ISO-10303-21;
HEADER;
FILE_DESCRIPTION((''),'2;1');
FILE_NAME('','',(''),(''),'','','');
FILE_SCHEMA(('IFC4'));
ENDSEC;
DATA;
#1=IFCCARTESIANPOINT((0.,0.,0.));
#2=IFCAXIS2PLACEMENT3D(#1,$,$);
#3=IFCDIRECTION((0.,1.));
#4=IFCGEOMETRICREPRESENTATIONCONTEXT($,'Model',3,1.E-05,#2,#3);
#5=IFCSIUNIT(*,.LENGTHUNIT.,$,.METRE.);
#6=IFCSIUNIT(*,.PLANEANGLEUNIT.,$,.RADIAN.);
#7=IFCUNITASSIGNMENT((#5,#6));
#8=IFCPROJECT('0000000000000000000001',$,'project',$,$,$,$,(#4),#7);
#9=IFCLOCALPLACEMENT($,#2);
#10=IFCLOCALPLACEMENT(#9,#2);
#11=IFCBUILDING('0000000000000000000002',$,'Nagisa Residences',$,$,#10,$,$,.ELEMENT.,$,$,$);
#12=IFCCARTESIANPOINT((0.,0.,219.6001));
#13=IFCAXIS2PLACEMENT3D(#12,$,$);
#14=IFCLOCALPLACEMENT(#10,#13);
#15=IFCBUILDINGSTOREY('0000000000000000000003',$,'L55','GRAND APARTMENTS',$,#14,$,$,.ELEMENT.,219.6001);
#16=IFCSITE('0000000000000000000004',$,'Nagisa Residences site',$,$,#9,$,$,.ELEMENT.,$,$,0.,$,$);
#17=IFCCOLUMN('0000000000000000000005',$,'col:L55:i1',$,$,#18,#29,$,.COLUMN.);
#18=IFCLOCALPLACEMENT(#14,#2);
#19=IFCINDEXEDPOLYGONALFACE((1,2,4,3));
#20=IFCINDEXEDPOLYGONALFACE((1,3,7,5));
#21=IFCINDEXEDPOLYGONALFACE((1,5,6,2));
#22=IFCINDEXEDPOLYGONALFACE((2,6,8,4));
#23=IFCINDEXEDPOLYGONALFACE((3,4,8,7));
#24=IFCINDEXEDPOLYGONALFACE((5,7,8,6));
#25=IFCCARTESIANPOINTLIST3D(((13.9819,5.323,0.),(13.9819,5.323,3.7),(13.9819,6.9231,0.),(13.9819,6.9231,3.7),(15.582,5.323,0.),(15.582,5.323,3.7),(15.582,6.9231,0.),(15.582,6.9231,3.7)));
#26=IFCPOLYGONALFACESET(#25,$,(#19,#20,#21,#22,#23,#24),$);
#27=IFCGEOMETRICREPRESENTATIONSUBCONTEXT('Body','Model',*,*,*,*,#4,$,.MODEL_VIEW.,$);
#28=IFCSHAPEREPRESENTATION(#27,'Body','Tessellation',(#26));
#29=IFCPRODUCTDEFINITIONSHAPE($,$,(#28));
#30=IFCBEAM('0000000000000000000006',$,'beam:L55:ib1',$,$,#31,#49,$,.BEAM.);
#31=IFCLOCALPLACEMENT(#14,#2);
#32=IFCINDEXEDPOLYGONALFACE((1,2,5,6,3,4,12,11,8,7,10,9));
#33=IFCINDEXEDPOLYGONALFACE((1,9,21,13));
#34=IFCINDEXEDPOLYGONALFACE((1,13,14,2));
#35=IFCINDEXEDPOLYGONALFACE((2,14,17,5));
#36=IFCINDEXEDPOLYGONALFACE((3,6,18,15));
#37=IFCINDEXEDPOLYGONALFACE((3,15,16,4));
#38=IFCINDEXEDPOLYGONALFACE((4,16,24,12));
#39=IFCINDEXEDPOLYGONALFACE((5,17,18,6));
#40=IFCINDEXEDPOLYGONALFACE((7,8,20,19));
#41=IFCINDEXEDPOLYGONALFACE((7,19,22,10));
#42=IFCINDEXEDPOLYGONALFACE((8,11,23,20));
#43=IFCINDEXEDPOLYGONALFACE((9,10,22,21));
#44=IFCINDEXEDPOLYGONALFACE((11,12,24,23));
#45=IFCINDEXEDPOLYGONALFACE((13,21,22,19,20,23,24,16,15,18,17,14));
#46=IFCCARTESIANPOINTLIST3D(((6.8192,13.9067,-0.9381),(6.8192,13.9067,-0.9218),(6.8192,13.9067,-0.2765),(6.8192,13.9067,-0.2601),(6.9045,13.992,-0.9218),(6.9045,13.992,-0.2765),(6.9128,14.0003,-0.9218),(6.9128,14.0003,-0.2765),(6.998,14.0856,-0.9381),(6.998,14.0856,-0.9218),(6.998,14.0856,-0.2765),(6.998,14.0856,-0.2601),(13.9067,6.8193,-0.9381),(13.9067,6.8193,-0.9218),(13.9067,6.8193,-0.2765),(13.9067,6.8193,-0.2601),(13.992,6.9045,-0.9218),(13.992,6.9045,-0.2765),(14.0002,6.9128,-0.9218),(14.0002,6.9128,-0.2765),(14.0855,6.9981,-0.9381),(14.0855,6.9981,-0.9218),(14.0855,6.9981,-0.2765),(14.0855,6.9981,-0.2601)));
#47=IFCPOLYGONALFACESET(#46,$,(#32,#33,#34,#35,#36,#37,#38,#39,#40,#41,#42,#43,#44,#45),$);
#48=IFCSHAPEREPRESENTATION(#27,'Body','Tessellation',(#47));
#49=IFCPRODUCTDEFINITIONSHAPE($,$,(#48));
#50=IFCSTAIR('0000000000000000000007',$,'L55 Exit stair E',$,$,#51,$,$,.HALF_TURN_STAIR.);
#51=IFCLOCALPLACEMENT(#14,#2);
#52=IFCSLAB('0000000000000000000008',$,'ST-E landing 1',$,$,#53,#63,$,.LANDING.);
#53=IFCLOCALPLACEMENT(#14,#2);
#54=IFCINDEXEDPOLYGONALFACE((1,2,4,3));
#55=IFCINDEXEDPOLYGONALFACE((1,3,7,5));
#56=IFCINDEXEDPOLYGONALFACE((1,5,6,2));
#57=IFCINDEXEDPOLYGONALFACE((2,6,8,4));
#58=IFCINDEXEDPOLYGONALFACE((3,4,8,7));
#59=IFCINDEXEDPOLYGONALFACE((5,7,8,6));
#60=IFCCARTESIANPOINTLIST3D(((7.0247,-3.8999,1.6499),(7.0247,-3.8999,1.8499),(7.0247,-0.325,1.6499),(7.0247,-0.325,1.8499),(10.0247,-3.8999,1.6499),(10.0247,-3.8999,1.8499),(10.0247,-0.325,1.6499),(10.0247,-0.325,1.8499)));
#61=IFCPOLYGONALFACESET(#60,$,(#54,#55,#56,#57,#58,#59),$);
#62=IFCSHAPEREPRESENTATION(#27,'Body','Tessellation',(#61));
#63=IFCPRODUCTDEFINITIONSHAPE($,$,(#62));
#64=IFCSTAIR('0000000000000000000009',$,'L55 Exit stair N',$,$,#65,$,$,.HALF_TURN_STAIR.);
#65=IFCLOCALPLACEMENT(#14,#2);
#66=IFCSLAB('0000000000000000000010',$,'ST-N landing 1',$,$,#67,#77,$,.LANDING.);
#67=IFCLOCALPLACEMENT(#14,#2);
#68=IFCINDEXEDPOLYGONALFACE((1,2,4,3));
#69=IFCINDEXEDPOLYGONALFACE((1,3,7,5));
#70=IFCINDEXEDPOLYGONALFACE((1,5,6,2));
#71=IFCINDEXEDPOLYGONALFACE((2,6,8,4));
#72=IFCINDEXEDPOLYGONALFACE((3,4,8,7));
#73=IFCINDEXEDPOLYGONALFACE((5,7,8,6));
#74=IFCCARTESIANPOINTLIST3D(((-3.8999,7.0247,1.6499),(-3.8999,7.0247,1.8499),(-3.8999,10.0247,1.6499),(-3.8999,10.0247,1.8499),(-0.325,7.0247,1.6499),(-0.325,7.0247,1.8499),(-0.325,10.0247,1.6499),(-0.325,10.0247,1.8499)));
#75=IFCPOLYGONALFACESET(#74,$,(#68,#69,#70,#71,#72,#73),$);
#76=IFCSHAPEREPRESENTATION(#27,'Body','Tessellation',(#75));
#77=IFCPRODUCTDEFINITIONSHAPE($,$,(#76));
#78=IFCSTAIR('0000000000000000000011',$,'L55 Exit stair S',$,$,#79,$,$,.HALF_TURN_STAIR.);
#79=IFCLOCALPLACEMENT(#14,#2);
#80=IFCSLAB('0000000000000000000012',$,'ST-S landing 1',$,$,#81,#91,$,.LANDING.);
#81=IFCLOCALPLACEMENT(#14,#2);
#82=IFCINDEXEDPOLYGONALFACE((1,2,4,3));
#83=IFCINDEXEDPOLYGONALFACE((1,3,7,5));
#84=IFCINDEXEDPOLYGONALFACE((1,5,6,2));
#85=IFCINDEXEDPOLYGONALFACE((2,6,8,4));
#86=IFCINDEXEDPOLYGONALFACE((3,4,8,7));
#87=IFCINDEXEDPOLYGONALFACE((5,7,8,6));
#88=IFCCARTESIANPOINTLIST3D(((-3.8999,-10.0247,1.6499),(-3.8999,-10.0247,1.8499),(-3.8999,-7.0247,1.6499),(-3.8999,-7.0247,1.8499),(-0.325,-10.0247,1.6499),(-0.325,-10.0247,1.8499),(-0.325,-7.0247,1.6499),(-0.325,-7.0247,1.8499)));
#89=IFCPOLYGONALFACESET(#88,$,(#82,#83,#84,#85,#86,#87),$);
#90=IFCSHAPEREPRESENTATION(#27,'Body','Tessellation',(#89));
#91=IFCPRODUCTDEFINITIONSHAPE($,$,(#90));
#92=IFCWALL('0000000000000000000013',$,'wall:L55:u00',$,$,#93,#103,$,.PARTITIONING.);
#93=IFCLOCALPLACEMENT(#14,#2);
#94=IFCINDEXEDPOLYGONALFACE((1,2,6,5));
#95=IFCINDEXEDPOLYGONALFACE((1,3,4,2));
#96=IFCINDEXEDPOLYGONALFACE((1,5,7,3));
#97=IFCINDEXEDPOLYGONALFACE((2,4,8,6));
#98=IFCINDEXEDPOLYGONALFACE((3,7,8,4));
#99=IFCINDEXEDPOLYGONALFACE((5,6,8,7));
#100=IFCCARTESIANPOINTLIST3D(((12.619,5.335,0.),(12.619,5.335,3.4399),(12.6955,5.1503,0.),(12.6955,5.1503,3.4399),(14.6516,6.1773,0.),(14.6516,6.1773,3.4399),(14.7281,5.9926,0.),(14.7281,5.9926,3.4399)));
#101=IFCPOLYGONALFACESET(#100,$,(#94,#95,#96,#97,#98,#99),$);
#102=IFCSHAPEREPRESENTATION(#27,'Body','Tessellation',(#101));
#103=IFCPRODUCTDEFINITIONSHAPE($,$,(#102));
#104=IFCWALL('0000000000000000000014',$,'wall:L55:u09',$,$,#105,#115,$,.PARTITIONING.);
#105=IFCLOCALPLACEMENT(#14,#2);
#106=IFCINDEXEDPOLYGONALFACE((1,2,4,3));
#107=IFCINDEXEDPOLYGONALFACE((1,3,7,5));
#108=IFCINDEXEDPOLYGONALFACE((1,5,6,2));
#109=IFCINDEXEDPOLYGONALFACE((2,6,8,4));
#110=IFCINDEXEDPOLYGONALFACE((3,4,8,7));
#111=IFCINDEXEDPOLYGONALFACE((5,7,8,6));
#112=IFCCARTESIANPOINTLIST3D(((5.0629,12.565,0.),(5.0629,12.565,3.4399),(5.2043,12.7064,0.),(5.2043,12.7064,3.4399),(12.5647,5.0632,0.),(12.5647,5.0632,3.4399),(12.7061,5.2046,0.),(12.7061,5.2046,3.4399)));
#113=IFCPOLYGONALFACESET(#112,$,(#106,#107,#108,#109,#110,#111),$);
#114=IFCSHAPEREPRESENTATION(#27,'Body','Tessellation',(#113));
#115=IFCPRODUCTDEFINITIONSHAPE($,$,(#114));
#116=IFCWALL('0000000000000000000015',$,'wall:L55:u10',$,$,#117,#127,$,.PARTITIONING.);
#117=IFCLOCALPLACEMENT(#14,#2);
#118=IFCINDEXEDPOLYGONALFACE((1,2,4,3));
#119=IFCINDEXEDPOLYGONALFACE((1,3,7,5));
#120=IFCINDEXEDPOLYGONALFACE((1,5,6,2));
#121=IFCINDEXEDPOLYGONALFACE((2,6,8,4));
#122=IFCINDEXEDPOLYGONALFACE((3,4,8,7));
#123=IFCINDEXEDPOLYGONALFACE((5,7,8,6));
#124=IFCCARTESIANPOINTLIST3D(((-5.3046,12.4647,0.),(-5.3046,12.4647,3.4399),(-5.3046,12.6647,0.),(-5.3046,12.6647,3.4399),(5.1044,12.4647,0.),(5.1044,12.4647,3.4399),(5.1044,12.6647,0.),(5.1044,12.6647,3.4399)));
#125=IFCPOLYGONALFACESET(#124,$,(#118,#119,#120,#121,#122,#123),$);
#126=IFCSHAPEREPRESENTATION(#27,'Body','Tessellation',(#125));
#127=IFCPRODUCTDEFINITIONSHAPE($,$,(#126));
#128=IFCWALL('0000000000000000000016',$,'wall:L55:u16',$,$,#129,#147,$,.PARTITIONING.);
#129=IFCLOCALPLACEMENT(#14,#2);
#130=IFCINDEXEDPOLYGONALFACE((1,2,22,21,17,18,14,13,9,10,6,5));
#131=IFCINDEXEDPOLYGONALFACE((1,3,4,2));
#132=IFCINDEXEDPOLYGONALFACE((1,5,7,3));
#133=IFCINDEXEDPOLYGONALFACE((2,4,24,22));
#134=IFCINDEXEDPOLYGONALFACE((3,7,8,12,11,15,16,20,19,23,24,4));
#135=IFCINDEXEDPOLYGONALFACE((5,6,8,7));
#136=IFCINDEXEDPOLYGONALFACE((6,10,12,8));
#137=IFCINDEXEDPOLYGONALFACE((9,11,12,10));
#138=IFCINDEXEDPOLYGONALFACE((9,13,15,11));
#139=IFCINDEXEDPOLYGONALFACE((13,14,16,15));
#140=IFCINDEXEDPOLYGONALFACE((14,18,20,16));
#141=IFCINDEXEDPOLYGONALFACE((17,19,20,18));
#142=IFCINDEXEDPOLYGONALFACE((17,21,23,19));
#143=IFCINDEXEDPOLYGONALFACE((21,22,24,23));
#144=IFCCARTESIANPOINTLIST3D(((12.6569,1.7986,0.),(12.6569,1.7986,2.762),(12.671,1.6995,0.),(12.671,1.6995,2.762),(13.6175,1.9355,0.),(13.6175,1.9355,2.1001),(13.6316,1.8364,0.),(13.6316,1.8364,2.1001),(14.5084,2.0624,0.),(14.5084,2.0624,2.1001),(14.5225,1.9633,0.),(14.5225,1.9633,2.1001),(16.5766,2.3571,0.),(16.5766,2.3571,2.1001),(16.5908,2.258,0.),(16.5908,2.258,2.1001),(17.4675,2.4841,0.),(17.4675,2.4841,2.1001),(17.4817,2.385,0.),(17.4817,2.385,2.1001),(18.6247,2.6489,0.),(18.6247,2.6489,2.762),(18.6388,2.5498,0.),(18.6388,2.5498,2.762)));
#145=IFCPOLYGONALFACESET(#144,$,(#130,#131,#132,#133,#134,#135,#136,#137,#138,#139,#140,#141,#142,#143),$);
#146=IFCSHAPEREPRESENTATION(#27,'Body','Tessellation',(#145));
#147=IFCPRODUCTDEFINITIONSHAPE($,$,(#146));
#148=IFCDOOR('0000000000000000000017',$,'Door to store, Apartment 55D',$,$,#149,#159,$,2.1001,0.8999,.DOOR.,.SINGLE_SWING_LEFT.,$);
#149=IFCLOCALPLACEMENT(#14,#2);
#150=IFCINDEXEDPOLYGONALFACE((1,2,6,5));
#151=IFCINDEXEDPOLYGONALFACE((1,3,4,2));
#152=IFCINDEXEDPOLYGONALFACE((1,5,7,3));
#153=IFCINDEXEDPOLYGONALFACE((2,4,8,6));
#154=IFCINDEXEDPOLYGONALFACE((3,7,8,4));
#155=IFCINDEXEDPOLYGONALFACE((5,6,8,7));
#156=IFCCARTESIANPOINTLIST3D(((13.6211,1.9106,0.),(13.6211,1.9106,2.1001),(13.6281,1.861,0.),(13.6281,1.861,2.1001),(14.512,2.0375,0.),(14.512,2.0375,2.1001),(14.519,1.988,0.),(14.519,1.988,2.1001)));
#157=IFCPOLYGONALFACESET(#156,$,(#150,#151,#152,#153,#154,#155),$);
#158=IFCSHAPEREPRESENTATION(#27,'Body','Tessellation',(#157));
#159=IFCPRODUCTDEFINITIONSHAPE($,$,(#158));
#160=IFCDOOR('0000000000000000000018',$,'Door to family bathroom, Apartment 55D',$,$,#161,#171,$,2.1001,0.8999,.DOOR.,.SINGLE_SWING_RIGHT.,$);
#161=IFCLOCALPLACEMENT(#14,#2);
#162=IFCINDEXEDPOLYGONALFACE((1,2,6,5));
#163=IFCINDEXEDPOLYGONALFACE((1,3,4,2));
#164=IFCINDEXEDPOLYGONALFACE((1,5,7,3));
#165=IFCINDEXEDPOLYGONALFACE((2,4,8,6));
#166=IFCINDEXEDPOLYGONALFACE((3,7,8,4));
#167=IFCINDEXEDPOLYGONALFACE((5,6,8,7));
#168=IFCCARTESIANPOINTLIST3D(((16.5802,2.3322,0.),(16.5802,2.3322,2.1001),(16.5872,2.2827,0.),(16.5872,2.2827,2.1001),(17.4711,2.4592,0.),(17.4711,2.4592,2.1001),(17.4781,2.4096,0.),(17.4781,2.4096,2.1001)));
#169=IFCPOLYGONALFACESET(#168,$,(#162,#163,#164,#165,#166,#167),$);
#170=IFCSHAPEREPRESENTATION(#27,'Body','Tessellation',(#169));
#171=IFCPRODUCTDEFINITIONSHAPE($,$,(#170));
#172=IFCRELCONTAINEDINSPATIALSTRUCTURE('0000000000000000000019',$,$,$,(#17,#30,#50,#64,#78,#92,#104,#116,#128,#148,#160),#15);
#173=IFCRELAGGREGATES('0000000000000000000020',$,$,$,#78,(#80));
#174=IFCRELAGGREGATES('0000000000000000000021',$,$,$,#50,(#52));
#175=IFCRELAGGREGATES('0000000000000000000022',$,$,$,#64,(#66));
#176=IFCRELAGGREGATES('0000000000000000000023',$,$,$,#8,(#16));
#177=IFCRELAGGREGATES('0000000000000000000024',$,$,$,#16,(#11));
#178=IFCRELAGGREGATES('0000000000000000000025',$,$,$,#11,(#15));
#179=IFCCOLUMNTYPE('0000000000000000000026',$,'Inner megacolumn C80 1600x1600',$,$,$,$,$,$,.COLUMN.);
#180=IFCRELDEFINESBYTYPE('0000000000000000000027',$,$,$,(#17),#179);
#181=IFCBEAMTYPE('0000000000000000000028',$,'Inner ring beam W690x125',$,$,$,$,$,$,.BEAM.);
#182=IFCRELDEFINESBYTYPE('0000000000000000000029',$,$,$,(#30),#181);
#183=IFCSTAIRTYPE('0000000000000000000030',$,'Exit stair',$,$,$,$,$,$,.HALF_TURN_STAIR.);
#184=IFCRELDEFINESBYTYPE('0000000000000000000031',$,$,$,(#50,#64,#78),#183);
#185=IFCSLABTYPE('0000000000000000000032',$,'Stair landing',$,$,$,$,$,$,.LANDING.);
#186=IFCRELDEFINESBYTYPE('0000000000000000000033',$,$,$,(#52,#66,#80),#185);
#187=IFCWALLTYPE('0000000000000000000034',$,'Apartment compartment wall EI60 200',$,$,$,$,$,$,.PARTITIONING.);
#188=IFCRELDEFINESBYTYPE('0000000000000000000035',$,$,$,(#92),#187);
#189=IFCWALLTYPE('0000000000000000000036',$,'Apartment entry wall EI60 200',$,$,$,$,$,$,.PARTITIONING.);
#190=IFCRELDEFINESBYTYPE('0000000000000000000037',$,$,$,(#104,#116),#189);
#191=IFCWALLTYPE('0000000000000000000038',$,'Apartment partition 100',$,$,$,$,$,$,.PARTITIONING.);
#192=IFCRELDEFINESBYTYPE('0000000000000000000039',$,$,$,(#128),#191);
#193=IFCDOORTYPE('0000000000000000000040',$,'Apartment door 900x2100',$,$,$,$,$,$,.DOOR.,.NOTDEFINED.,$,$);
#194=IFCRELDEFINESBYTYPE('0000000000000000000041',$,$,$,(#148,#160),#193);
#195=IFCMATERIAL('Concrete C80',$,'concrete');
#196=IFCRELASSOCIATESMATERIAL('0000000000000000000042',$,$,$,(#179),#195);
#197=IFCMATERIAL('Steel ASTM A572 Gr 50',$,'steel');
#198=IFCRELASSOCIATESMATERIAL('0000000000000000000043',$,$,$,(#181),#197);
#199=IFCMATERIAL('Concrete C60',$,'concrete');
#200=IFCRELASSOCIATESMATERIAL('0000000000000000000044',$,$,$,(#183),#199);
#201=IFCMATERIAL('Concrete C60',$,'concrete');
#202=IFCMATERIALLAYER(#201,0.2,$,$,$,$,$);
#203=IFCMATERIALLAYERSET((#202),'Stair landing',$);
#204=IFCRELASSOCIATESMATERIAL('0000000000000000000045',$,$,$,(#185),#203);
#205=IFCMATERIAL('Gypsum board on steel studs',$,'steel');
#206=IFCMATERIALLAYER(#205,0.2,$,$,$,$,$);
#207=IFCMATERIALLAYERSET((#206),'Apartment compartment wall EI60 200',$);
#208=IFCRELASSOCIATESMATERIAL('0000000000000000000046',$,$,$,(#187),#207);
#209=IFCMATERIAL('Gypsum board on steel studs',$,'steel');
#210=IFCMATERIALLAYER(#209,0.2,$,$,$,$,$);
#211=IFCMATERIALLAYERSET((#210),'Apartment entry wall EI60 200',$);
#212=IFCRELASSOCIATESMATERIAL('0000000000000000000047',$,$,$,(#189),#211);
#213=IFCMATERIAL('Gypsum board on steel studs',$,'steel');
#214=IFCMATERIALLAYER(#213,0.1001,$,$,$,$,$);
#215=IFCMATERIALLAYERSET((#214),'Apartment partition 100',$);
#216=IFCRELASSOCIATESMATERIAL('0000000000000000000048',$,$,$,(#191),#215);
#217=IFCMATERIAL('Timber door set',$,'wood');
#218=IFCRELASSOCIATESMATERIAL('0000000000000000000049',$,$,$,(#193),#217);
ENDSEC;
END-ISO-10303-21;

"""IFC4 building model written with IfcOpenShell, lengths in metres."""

from ifc_helpers import new_model, si_unit, direction, frame, frame_2d, origin, origin_2d, place, context, subcontext, project, spatial, polyline, rectangle, i_section, outline, extrude, material, layer, layer_set, material_profile, profile_set, type_object, element, fill, aggregate, save


model = new_model("IFC4")

# Units and contexts
model_context = context("Model", 3, precision=1e-05, world=origin(), true_north=direction((0.0, 1.0)))
body_context = subcontext(model_context, "Body", "Model", "MODEL_VIEW")
ifc_project = project(units=[si_unit("LENGTHUNIT", "METRE"), si_unit("PLANEANGLEUNIT", "RADIAN")], contexts=[model_context])

# Site, building, storey
site_placement = place(None, origin())
site = spatial("IfcSite", under=ifc_project, at=site_placement, Name="Nagisa Residences site", CompositionType="ELEMENT", RefElevation=0.0)
building_placement = place(site_placement, origin())
building = spatial("IfcBuilding", under=site, at=building_placement, Name="Nagisa Residences", CompositionType="ELEMENT")
storey_placement = place(building_placement, frame((0.0, 0.0, 219.6001)))
storey = spatial("IfcBuildingStorey", under=building, at=storey_placement, Name="L55", Description="GRAND APARTMENTS", CompositionType="ELEMENT", Elevation=219.6001)

# Column
ifc_material_1 = material(Name="Concrete C80", Category="concrete")
ifc_material_profile_1 = material_profile(ifc_material_1, rectangle(XDim=1.6001, YDim=1.6001, at=origin_2d()), Name="C80 1600x1600")
ifc_profile_set_1 = profile_set([ifc_material_profile_1], Name="Concrete C80")
column_type = type_object("IfcColumnType", Name="Inner megacolumn C80 1600x1600", PredefinedType="COLUMN", material=ifc_profile_set_1)
column_placement = place(storey_placement, frame((14.782, 6.123, 0.0), z_axis=(0.0, 0.0, 1.0), x_axis=(1.0, 0.0, 0.0)))
element("IfcColumn", 1, at=column_placement, inside=storey, type_object=column_type, Name="col:L55:i1", PredefinedType="COLUMN", context=body_context, shape_type="SweptSolid", body=[
    extrude(rectangle(XDim=1.6001, YDim=1.6001, at=origin_2d()), origin(), (0.0, 0.0, 1.0), 3.7),
])

# Beam
ifc_material_2 = material(Name="Steel ASTM A572 Gr 50", Category="steel")
ifc_material_profile_2 = material_profile(ifc_material_2, i_section(OverallWidth=0.2529, OverallDepth=0.678, WebThickness=0.0117, FlangeThickness=0.0164, at=origin_2d()), Name="W690x125")
ifc_profile_set_2 = profile_set([ifc_material_profile_2], Name="Steel ASTM A572 Gr 50")
beam_type = type_object("IfcBeamType", Name="Inner ring beam W690x125", PredefinedType="BEAM", material=ifc_profile_set_2)
beam_placement = place(storey_placement, frame((13.9961, 6.9087, -0.5991), z_axis=(-0.707107, 0.707107, 0.0), x_axis=(-0.707107, -0.707107, 0.0)))
element("IfcBeam", 2, at=beam_placement, inside=storey, type_object=beam_type, Name="beam:L55:ib1", PredefinedType="BEAM", context=body_context, shape_type="SweptSolid", body=[
    extrude(i_section(OverallWidth=0.2529, OverallDepth=0.678, WebThickness=0.0117, FlangeThickness=0.0164, at=origin_2d()), origin(), (0.0, 0.0, 1.0), 10.0232),
])

# Stairs, slabs
ifc_material_3 = material(Name="Concrete C60", Category="concrete")
stair_type = type_object("IfcStairType", Name="Exit stair", PredefinedType="HALF_TURN_STAIR", material=ifc_material_3)
stair_1_placement = place(storey_placement, origin())
stair_1 = element("IfcStair", 3, at=stair_1_placement, inside=storey, type_object=stair_type, Name="L55 Exit stair E", PredefinedType="HALF_TURN_STAIR")
ifc_material_4 = material(Name="Concrete C60", Category="concrete")
ifc_layer_1 = layer(ifc_material_4, 0.2)
ifc_layer_set_1 = layer_set([ifc_layer_1], Name="Stair landing")
slab_type = type_object("IfcSlabType", Name="Stair landing", PredefinedType="LANDING", material=ifc_layer_set_1)
slab_1_placement = place(storey_placement, frame((0.0, 0.0, 1.6499)))
slab_1 = element("IfcSlab", 4, at=slab_1_placement, type_object=slab_type, Name="ST-E landing 1", PredefinedType="LANDING", context=body_context, shape_type="SweptSolid", body=[
    extrude(outline(polyline([(7.0247, -0.325), (7.0247, -3.8999), (10.0247, -3.8999), (10.0247, -0.325), (7.0247, -0.325)])), origin(), (0.0, 0.0, 1.0), 0.2),
])
stair_2_placement = place(storey_placement, origin())
stair_2 = element("IfcStair", 5, at=stair_2_placement, inside=storey, type_object=stair_type, Name="L55 Exit stair N", PredefinedType="HALF_TURN_STAIR")
slab_2_placement = place(storey_placement, frame((0.0, 0.0, 1.6499)))
slab_2 = element("IfcSlab", 6, at=slab_2_placement, type_object=slab_type, Name="ST-N landing 1", PredefinedType="LANDING", context=body_context, shape_type="SweptSolid", body=[
    extrude(outline(polyline([(-0.325, 10.0247), (-3.8999, 10.0247), (-3.8999, 7.0247), (-0.325, 7.0247), (-0.325, 10.0247)])), origin(), (0.0, 0.0, 1.0), 0.2),
])
stair_3_placement = place(storey_placement, origin())
stair_3 = element("IfcStair", 7, at=stair_3_placement, inside=storey, type_object=stair_type, Name="L55 Exit stair S", PredefinedType="HALF_TURN_STAIR")
slab_3_placement = place(storey_placement, frame((0.0, 0.0, 1.6499)))
slab_3 = element("IfcSlab", 8, at=slab_3_placement, type_object=slab_type, Name="ST-S landing 1", PredefinedType="LANDING", context=body_context, shape_type="SweptSolid", body=[
    extrude(outline(polyline([(-0.325, -7.0247), (-3.8999, -7.0247), (-3.8999, -10.0247), (-0.325, -10.0247), (-0.325, -7.0247)])), origin(), (0.0, 0.0, 1.0), 0.2),
])
aggregate(stair_3, [slab_3])

# Walls
ifc_material_5 = material(Name="Gypsum board on steel studs", Category="steel")
ifc_layer_2 = layer(ifc_material_5, 0.2)
ifc_layer_set_2 = layer_set([ifc_layer_2], Name="Apartment compartment wall EI60 200")
wall_type_1 = type_object("IfcWallType", Name="Apartment compartment wall EI60 200", PredefinedType="PARTITIONING", material=ifc_layer_set_2)
wall_1_placement = place(storey_placement, frame((12.6572, 5.2427, 0.0), z_axis=(0.0, 0.0, 1.0), x_axis=(0.92383, 0.382803, 0.0)))
element("IfcWall", 9, at=wall_1_placement, inside=storey, type_object=wall_type_1, Name="wall:L55:u00", PredefinedType="PARTITIONING", context=body_context, shape_type="SweptSolid", body=[
    extrude(rectangle(XDim=2.2002, YDim=0.2, at=frame_2d((1.1001, 0.0))), origin(), (0.0, 0.0, 1.0), 3.4399),
])
ifc_material_6 = material(Name="Gypsum board on steel studs", Category="steel")
ifc_layer_3 = layer(ifc_material_6, 0.2)
ifc_layer_set_3 = layer_set([ifc_layer_3], Name="Apartment entry wall EI60 200")
wall_type_2 = type_object("IfcWallType", Name="Apartment entry wall EI60 200", PredefinedType="PARTITIONING", material=ifc_layer_set_3)
wall_2_placement = place(storey_placement, frame((12.6355, 5.1338, 0.0), z_axis=(0.0, 0.0, 1.0), x_axis=(-0.707107, 0.707107, 0.0)))
element("IfcWall", 10, at=wall_2_placement, inside=storey, type_object=wall_type_2, Name="wall:L55:u09", PredefinedType="PARTITIONING", context=body_context, shape_type="SweptSolid", body=[
    extrude(rectangle(XDim=10.6091, YDim=0.2, at=frame_2d((5.3047, 0.0))), origin(), (0.0, 0.0, 1.0), 3.4399),
])
wall_3_placement = place(storey_placement, frame((5.1045, 12.5647, 0.0), z_axis=(0.0, 0.0, 1.0), x_axis=(-1.0, 0.0, 0.0)))
element("IfcWall", 11, at=wall_3_placement, inside=storey, type_object=wall_type_2, Name="wall:L55:u10", PredefinedType="PARTITIONING", context=body_context, shape_type="SweptSolid", body=[
    extrude(rectangle(XDim=10.4089, YDim=0.2, at=frame_2d((5.2046, 0.0))), origin(), (0.0, 0.0, 1.0), 3.4399),
])

# Wall, openings, doors
ifc_material_7 = material(Name="Gypsum board on steel studs", Category="steel")
ifc_layer_4 = layer(ifc_material_7, 0.1001)
ifc_layer_set_4 = layer_set([ifc_layer_4], Name="Apartment partition 100")
wall_type_3 = type_object("IfcWallType", Name="Apartment partition 100", PredefinedType="PARTITIONING", material=ifc_layer_set_4)
wall_4_placement = place(storey_placement, frame((12.6638, 1.749, 0.0), z_axis=(0.0, 0.0, 1.0), x_axis=(0.99, 0.141064, 0.0)))
wall_4 = element("IfcWall", 12, at=wall_4_placement, inside=storey, type_object=wall_type_3, Name="wall:L55:u16", PredefinedType="PARTITIONING", context=body_context, shape_type="SweptSolid", body=[
    extrude(rectangle(XDim=6.0281, YDim=0.1001, at=frame_2d((3.0142, 0.0))), origin(), (0.0, 0.0, 1.0), 2.762),
])
opening_1_placement = place(wall_4_placement, frame((0.9705, 0.0, 0.0)))
opening_1 = element("IfcOpeningElement", 13, at=opening_1_placement, cuts=wall_4, PredefinedType="OPENING", context=body_context, shape_type="SweptSolid", body=[
    extrude(rectangle(XDim=0.8999, YDim=2.1001, at=frame_2d((0.45, 1.05))), frame((0.0, 0.0601, 0.0), z_axis=(0.0, -1.0, 0.0), x_axis=(1.0, 0.0, 0.0)), (0.0, 0.0, 1.0), 0.1201),
])
opening_2_placement = place(wall_4_placement, frame((3.9595, 0.0, 0.0)))
opening_2 = element("IfcOpeningElement", 14, at=opening_2_placement, cuts=wall_4, PredefinedType="OPENING", context=body_context, shape_type="SweptSolid", body=[
    extrude(rectangle(XDim=0.8999, YDim=2.1001, at=frame_2d((0.45, 1.05))), frame((0.0, 0.0601, 0.0), z_axis=(0.0, -1.0, 0.0), x_axis=(1.0, 0.0, 0.0)), (0.0, 0.0, 1.0), 0.1201),
])
ifc_material_8 = material(Name="Timber door set", Category="wood")
door_type_1 = type_object("IfcDoorType", Name="Apartment door 900x2100", OperationType="NOTDEFINED", PredefinedType="DOOR", material=ifc_material_8)
door_1_placement = place(opening_1_placement, origin())
door_1 = element("IfcDoor", 15, at=door_1_placement, inside=storey, type_object=door_type_1, Name="Door to store, Apartment 55D", OperationType="SINGLE_SWING_LEFT", OverallHeight=2.1001, OverallWidth=0.8999, PredefinedType="DOOR", context=body_context, shape_type="SweptSolid", body=[
    extrude(rectangle(XDim=0.8999, YDim=2.1001, at=frame_2d((0.45, 1.05))), frame((0.0, 0.0249, 0.0), z_axis=(0.0, -1.0, 0.0), x_axis=(1.0, 0.0, 0.0)), (0.0, 0.0, 1.0), 0.05),
])
fill(opening_1, door_1)
door_2_placement = place(opening_2_placement, origin())
door_2 = element("IfcDoor", 16, at=door_2_placement, inside=storey, type_object=door_type_1, Name="Door to family bathroom, Apartment 55D", OperationType="SINGLE_SWING_RIGHT", OverallHeight=2.1001, OverallWidth=0.8999, PredefinedType="DOOR", context=body_context, shape_type="SweptSolid", body=[
    extrude(rectangle(XDim=0.8999, YDim=2.1001, at=frame_2d((0.45, 1.05))), frame((0.0, 0.0249, 0.0), z_axis=(0.0, -1.0, 0.0), x_axis=(1.0, 0.0, 0.0)), (0.0, 0.0, 1.0), 0.05),
])
fill(opening_2, door_2)

aggregate(stair_1, [slab_1])
aggregate(stair_2, [slab_2])

save(model, "model.ifc")
